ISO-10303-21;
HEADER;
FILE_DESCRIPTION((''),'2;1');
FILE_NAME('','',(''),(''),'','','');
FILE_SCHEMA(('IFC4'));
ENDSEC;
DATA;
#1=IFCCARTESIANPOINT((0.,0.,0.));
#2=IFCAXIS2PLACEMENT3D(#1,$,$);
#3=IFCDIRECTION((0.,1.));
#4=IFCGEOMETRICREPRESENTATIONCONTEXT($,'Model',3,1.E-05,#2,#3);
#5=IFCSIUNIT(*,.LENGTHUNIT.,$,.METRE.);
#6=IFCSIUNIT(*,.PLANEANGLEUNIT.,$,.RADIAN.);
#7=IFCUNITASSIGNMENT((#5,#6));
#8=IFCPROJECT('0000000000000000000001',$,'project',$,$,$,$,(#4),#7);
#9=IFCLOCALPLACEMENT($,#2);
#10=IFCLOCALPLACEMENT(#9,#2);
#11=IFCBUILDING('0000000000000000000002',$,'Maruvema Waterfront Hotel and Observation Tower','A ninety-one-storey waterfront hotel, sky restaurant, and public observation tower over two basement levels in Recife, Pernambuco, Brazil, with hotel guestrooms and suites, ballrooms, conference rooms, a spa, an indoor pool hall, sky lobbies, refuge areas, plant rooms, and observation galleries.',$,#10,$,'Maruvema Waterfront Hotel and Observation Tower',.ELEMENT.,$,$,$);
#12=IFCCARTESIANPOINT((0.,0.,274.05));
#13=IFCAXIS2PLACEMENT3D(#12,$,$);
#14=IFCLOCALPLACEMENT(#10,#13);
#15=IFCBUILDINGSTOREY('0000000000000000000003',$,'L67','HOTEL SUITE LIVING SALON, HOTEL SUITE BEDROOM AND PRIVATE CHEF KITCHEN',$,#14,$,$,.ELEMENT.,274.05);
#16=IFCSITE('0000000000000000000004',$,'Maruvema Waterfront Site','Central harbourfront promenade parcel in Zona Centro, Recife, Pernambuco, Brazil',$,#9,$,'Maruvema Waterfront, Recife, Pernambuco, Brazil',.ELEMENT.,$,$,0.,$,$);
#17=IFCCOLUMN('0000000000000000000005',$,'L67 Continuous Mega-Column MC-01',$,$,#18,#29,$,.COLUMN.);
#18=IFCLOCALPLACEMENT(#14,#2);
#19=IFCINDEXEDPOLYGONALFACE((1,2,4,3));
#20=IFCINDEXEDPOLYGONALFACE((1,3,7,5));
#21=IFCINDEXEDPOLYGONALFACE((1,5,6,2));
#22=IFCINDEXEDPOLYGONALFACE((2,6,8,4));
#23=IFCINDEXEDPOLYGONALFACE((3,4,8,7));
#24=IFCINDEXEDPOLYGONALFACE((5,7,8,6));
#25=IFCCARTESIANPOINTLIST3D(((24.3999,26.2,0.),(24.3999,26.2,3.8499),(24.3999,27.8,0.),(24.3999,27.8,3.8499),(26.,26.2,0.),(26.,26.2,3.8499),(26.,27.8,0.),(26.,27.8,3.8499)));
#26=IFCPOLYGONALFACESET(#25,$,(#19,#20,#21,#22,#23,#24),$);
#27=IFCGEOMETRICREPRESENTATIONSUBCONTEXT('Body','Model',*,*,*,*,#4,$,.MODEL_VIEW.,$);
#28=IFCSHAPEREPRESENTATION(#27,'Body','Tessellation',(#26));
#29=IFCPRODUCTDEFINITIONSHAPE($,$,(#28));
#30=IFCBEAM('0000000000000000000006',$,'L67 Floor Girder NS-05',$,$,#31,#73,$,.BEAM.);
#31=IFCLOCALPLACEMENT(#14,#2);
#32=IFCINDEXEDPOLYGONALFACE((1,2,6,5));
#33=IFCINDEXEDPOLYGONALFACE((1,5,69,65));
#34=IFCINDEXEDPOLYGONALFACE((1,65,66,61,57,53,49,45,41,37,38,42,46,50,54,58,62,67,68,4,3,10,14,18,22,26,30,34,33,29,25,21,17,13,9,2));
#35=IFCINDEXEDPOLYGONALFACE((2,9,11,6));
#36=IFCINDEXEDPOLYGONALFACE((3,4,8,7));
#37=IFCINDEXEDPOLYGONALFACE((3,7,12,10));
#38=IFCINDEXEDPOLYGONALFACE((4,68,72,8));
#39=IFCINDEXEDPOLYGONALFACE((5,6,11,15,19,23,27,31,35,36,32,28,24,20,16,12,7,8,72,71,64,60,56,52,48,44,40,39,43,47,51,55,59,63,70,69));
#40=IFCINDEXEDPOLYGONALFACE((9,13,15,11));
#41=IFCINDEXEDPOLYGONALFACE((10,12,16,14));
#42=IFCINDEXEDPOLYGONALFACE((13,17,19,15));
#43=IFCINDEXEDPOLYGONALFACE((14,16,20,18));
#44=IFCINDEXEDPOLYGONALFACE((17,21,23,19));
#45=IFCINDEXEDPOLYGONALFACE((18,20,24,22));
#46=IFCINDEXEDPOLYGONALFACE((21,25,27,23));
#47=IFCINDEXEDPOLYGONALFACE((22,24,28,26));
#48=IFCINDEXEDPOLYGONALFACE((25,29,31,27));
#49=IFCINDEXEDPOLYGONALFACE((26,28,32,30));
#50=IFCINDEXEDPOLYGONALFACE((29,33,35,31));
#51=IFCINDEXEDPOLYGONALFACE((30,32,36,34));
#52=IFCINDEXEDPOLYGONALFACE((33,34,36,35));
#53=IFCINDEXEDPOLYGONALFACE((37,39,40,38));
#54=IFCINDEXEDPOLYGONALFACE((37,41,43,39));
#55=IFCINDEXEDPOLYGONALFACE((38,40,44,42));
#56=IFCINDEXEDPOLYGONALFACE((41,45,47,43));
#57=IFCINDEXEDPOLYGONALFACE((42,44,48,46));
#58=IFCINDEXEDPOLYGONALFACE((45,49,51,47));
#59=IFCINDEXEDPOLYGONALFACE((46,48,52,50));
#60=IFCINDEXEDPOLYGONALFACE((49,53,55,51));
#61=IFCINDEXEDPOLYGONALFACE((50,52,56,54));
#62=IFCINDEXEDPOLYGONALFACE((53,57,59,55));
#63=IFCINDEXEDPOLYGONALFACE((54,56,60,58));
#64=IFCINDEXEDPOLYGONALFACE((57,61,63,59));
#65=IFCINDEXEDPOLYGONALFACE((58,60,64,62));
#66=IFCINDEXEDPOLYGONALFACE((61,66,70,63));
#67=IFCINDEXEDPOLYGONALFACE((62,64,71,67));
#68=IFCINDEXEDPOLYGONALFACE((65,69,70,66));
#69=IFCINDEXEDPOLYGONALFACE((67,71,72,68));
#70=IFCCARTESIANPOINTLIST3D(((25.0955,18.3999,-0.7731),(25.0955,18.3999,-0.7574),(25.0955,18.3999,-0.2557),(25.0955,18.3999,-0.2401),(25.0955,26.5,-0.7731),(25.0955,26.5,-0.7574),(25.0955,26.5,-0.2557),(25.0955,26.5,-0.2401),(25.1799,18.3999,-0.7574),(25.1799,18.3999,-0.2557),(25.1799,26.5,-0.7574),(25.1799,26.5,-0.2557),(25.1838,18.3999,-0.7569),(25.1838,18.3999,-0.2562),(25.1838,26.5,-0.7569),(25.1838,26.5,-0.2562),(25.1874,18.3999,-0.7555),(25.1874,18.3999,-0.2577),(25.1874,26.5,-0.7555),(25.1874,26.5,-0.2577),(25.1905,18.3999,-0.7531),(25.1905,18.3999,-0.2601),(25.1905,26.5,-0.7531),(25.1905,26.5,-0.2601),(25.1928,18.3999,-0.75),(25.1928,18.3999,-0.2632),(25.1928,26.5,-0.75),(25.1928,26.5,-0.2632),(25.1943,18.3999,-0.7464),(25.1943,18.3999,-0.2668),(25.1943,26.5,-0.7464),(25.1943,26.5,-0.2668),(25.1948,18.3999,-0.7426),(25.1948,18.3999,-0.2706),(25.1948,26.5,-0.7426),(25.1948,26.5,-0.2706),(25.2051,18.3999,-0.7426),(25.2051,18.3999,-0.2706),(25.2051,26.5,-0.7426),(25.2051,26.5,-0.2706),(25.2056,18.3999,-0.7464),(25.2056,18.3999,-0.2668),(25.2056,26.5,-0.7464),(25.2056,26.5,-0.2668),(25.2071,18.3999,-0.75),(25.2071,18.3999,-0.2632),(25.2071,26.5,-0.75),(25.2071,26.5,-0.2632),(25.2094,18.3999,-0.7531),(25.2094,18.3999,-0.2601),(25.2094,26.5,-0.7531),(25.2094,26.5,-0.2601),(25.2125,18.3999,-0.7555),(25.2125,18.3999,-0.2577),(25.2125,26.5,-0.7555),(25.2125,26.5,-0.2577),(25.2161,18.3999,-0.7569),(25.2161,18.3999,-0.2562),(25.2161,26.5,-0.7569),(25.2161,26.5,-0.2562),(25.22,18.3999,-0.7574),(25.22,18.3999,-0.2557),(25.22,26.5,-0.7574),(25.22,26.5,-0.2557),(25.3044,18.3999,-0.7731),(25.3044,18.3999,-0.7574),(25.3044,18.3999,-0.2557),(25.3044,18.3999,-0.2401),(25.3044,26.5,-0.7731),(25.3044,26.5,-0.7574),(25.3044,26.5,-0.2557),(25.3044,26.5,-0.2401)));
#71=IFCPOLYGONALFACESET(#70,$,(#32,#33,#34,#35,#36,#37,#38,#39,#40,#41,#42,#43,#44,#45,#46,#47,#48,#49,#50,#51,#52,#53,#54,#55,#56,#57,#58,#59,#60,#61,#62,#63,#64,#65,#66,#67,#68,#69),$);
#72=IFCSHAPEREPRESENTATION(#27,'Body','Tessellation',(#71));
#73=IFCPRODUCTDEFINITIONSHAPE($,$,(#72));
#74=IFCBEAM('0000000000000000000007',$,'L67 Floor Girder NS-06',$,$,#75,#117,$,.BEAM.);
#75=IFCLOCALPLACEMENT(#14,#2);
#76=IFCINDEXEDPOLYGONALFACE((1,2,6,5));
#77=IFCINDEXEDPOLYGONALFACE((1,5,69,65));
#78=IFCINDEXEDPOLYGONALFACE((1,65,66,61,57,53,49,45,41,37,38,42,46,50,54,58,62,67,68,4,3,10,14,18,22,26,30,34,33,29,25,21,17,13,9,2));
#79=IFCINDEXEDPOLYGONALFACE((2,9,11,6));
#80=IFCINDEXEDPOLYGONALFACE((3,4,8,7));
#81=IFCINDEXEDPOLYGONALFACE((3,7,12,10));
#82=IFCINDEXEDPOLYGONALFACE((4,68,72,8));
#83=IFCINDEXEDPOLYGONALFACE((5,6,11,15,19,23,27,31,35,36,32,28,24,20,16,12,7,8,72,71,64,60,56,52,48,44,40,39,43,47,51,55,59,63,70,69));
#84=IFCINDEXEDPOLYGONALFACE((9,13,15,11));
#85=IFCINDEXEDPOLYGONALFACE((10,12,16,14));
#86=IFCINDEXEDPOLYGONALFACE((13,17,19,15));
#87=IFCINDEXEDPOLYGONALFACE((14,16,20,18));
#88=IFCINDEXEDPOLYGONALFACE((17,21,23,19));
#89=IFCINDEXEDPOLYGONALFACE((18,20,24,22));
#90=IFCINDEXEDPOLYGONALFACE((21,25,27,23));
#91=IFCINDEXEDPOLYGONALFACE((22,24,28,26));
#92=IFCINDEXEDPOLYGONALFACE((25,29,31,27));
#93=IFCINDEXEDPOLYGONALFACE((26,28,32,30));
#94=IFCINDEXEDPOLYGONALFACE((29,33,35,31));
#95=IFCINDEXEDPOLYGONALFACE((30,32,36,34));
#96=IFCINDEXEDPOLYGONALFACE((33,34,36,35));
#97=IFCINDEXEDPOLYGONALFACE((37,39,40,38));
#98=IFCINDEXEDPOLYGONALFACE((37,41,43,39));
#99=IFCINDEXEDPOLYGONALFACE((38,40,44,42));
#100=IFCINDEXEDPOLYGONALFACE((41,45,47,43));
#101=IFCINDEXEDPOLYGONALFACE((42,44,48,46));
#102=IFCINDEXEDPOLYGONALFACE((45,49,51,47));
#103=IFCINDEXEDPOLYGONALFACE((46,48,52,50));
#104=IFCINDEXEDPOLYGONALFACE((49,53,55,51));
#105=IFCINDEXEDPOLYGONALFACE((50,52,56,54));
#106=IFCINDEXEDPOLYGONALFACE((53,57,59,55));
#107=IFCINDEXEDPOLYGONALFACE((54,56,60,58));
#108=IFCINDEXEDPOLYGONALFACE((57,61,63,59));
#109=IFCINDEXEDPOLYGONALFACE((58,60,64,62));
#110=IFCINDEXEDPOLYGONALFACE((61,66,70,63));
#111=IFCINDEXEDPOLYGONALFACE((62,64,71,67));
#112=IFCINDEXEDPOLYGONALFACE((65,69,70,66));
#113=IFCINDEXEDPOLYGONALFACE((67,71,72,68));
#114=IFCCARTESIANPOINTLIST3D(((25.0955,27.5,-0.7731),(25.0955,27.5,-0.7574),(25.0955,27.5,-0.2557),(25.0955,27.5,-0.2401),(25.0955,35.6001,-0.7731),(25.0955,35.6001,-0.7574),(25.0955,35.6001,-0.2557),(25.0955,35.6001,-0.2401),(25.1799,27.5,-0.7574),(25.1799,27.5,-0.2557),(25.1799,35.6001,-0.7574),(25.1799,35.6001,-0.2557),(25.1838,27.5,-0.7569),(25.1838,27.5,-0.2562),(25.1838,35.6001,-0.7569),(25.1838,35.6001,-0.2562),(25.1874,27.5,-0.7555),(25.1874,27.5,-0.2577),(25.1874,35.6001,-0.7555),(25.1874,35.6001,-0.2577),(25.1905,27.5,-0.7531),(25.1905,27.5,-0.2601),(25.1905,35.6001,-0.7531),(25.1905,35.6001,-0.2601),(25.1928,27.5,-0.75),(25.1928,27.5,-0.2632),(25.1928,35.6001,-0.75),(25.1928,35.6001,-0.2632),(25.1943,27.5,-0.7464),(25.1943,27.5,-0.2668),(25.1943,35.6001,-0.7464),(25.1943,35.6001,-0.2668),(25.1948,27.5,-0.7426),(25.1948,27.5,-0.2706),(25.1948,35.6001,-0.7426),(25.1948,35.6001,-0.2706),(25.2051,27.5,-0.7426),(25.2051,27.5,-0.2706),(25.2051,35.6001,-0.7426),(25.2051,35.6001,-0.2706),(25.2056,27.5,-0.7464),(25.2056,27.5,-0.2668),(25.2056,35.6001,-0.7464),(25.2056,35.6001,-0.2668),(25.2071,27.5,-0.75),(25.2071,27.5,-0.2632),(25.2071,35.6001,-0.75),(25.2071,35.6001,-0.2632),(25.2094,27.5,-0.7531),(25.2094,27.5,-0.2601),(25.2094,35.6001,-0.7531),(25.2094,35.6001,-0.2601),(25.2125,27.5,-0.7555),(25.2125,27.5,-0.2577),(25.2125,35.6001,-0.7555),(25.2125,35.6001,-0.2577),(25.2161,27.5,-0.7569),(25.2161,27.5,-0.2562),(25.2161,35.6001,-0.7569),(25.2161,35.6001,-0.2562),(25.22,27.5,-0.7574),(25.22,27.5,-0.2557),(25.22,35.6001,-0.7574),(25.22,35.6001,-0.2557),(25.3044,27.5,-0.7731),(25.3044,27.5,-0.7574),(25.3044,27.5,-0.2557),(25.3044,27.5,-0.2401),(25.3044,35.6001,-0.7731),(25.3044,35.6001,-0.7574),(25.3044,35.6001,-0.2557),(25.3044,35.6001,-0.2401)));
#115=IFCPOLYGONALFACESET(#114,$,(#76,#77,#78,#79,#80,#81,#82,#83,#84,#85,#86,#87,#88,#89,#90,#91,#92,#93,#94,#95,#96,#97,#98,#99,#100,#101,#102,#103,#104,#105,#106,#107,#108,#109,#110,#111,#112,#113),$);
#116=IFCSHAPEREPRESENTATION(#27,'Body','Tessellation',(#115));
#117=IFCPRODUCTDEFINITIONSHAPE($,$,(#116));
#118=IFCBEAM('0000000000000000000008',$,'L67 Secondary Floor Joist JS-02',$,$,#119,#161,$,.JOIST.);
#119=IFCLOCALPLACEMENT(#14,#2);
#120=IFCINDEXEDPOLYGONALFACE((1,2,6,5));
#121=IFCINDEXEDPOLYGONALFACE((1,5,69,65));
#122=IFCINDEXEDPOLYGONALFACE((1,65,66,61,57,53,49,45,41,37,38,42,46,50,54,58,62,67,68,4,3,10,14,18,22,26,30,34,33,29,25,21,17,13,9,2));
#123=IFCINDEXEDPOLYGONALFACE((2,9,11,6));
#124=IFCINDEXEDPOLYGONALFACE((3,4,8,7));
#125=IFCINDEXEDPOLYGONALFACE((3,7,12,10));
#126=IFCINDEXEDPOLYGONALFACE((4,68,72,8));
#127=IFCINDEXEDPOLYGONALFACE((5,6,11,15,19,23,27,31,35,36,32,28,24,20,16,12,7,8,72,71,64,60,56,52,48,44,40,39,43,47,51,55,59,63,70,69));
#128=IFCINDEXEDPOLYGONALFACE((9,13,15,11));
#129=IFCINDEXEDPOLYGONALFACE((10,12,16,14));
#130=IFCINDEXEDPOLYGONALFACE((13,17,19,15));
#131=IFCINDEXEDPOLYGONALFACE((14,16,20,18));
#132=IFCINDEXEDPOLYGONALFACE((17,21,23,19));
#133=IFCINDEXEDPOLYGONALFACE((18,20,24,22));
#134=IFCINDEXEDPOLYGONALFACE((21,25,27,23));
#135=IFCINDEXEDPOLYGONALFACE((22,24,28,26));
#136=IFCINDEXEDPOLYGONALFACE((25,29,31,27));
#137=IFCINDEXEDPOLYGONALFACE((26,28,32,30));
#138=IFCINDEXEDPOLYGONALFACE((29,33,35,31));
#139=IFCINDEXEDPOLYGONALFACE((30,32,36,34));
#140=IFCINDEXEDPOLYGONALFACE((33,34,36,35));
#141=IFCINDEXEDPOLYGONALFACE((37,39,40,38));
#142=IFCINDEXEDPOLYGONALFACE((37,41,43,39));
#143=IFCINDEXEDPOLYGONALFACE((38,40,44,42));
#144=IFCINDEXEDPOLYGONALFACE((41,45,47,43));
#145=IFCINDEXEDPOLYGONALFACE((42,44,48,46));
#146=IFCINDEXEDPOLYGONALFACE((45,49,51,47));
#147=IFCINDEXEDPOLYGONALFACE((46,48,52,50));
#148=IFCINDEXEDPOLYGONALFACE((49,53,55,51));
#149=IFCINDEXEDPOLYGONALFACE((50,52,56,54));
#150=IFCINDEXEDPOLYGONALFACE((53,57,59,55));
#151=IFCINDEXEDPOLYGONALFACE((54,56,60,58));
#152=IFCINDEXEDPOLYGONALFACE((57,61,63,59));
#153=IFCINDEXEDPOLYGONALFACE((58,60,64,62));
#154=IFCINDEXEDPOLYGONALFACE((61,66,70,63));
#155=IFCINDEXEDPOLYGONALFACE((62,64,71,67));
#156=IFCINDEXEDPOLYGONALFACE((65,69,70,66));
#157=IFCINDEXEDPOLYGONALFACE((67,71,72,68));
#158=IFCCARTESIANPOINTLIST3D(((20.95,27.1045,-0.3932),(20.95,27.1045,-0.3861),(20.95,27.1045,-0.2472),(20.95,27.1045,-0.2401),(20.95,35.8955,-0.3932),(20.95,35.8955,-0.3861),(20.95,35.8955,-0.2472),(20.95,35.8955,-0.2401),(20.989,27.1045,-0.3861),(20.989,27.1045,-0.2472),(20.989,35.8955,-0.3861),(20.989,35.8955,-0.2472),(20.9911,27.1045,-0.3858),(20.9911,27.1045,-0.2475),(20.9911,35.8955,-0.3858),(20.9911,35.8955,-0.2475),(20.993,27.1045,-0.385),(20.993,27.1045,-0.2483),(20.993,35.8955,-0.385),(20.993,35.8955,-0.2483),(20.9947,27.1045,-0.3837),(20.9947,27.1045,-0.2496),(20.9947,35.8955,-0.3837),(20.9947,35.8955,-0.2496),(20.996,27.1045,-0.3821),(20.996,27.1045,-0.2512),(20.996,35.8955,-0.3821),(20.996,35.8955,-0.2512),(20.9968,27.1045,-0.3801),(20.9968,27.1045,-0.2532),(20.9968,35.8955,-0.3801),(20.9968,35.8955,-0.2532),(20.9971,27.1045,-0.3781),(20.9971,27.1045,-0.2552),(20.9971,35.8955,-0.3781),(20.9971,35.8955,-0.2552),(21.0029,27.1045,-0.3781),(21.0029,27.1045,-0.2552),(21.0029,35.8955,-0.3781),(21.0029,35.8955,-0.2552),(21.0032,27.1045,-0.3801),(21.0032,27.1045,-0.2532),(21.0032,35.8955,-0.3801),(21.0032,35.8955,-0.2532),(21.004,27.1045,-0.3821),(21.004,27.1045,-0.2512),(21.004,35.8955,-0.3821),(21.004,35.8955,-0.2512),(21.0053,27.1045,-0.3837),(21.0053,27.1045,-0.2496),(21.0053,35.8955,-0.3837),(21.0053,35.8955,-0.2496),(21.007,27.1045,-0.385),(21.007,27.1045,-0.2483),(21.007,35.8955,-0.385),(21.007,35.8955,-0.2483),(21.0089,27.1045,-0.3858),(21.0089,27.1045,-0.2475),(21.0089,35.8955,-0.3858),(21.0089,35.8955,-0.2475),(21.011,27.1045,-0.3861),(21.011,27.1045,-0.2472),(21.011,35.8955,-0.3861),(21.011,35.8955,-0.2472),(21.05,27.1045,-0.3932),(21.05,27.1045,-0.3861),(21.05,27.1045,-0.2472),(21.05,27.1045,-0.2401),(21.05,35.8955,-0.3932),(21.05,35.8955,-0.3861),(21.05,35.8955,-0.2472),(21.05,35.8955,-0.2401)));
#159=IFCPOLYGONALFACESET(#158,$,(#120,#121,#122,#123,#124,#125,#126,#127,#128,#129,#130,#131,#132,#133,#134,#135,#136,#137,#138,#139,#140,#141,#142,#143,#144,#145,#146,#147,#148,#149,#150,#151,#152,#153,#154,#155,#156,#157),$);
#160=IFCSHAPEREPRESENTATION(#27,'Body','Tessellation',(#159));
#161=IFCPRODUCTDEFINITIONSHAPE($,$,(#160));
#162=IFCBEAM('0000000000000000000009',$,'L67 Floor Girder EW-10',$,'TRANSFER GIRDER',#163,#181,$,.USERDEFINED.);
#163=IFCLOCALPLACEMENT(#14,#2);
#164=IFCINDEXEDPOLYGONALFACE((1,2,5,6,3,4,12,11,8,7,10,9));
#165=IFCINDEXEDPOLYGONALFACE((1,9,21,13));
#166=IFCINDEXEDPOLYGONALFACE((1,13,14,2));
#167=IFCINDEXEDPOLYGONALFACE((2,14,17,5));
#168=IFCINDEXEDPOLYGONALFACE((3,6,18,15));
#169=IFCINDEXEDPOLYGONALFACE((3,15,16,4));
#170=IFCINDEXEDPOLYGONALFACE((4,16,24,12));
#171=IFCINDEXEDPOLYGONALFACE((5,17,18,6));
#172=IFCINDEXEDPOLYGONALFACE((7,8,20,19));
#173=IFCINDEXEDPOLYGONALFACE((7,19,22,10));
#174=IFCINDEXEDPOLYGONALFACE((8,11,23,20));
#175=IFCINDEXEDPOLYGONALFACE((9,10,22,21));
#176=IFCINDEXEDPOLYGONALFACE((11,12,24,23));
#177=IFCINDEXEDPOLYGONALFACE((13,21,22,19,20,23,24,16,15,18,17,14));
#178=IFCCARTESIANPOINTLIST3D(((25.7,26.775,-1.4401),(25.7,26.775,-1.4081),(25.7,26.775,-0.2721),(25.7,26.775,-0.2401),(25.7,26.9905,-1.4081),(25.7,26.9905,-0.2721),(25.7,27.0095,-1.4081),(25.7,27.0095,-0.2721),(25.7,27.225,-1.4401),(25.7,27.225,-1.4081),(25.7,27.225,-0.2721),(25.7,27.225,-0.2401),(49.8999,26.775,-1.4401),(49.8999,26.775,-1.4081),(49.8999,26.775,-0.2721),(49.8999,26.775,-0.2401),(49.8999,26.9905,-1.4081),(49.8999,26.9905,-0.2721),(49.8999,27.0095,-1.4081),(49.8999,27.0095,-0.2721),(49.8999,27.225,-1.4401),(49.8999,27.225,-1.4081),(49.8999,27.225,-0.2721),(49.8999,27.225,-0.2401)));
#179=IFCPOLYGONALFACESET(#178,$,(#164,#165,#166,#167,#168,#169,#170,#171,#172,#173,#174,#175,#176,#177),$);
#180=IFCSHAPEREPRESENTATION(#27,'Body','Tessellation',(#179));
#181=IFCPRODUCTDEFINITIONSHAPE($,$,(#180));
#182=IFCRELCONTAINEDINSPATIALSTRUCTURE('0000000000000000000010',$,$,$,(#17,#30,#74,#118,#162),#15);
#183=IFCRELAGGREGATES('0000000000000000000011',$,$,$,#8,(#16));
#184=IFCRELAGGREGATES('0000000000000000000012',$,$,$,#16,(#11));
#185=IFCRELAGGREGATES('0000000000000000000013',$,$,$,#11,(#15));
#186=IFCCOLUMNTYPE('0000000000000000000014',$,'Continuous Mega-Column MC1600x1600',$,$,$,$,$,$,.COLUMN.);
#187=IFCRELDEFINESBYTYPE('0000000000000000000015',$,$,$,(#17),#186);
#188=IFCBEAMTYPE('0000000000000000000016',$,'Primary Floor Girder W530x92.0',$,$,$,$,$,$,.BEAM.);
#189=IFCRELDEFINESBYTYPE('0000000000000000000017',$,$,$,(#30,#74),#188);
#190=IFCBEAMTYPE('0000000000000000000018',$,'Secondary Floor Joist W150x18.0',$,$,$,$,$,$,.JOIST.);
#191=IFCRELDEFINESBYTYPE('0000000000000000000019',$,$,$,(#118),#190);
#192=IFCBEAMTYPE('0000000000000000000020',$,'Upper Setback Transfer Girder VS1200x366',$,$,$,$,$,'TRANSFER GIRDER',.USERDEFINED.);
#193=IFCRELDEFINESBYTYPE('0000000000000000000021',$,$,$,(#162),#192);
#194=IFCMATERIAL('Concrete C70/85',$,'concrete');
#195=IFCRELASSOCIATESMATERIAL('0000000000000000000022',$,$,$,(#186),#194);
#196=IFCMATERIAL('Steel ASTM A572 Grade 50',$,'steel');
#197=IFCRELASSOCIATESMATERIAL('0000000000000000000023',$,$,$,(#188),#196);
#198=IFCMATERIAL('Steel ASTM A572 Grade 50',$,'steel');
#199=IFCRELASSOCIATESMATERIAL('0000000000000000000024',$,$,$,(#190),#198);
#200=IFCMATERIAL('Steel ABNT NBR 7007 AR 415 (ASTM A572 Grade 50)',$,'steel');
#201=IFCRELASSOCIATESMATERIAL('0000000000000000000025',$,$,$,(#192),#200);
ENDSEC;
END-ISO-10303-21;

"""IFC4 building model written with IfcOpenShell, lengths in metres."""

from ifc_helpers import new_model, si_unit, direction, frame, origin, origin_2d, place, context, subcontext, project, spatial, rectangle, i_section, extrude, material, material_profile, profile_set, type_object, element, save


model = new_model("IFC4")

# Units and contexts
model_context = context("Model", 3, precision=1e-05, world=origin(), true_north=direction((0.0, 1.0)))
body_context = subcontext(model_context, "Body", "Model", "MODEL_VIEW")
ifc_project = project(units=[si_unit("LENGTHUNIT", "METRE"), si_unit("PLANEANGLEUNIT", "RADIAN")], contexts=[model_context])

# Site, building, storey
site_placement = place(None, origin())
site = spatial("IfcSite", under=ifc_project, at=site_placement, Name="Maruvema Waterfront Site", Description="Central harbourfront promenade parcel in Zona Centro, Recife, Pernambuco, Brazil", LongName="Maruvema Waterfront, Recife, Pernambuco, Brazil", CompositionType="ELEMENT", RefElevation=0.0)
building_placement = place(site_placement, origin())
building = spatial("IfcBuilding", under=site, at=building_placement, Name="Maruvema Waterfront Hotel and Observation Tower", Description="A ninety-one-storey waterfront hotel, sky restaurant, and public observation tower over two basement levels in Recife, Pernambuco, Brazil, with hotel guestrooms and suites, ballrooms, conference rooms, a spa, an indoor pool hall, sky lobbies, refuge areas, plant rooms, and observation galleries.", LongName="Maruvema Waterfront Hotel and Observation Tower", CompositionType="ELEMENT")
storey_placement = place(building_placement, frame((0.0, 0.0, 274.05)))
storey = spatial("IfcBuildingStorey", under=building, at=storey_placement, Name="L67", Description="HOTEL SUITE LIVING SALON, HOTEL SUITE BEDROOM AND PRIVATE CHEF KITCHEN", CompositionType="ELEMENT", Elevation=274.05)

# Column
ifc_material_1 = material(Name="Concrete C70/85", Category="concrete")
ifc_material_profile_1 = material_profile(ifc_material_1, rectangle(XDim=1.6001, YDim=1.6001, at=origin_2d()), Name="MC1600x1600")
ifc_profile_set_1 = profile_set([ifc_material_profile_1], Name="Concrete C70/85")
column_type = type_object("IfcColumnType", Name="Continuous Mega-Column MC1600x1600", PredefinedType="COLUMN", material=ifc_profile_set_1)
column_placement = place(storey_placement, frame((25.2, 27.0, 0.0), z_axis=(0.0, 0.0, 1.0), x_axis=(1.0, 0.0, 0.0)))
element("IfcColumn", 1, at=column_placement, inside=storey, type_object=column_type, Name="L67 Continuous Mega-Column MC-01", PredefinedType="COLUMN", context=body_context, shape_type="SweptSolid", body=[
    extrude(rectangle(XDim=1.6001, YDim=1.6001, at=origin_2d()), origin(), (0.0, 0.0, 1.0), 3.8499),
])

# Beams
ifc_material_2 = material(Name="Steel ASTM A572 Grade 50", Category="steel")
ifc_material_profile_2 = material_profile(ifc_material_2, i_section(OverallWidth=0.209, OverallDepth=0.533, WebThickness=0.0103, FlangeThickness=0.0156, FilletRadius=0.0149, at=origin_2d()), Name="W530x92.0")
ifc_profile_set_2 = profile_set([ifc_material_profile_2], Name="Steel ASTM A572 Grade 50")
beam_type_1 = type_object("IfcBeamType", Name="Primary Floor Girder W530x92.0", PredefinedType="BEAM", material=ifc_profile_set_2)
for number, where, z_axis, x_axis, name in (
    (2, (25.2, 18.3999, -0.5066), (0.0, 1.0, 0.0), (-1.0, 0.0, 0.0), "L67 Floor Girder NS-05"),
    (3, (25.2, 27.5, -0.5066), (0.0, 1.0, 0.0), (-1.0, 0.0, 0.0), "L67 Floor Girder NS-06"),
):
    element("IfcBeam", number, at=place(storey_placement, frame(where, z_axis=z_axis, x_axis=x_axis)), inside=storey, type_object=beam_type_1, Name=name, PredefinedType="BEAM", context=body_context, shape_type="SweptSolid", body=[
        extrude(i_section(OverallWidth=0.209, OverallDepth=0.533, WebThickness=0.0103, FlangeThickness=0.0156, FilletRadius=0.0149, at=origin_2d()), origin(), (0.0, 0.0, 1.0), 8.1001),
    ])
ifc_material_3 = material(Name="Steel ASTM A572 Grade 50", Category="steel")
ifc_material_profile_3 = material_profile(ifc_material_3, i_section(OverallWidth=0.1001, OverallDepth=0.1531, WebThickness=0.0059, FlangeThickness=0.0071, FilletRadius=0.0081, at=origin_2d()), Name="W150x18.0")
ifc_profile_set_3 = profile_set([ifc_material_profile_3], Name="Steel ASTM A572 Grade 50")
beam_type_2 = type_object("IfcBeamType", Name="Secondary Floor Joist W150x18.0", PredefinedType="JOIST", material=ifc_profile_set_3)
beam_1_placement = place(storey_placement, frame((21.0, 27.1045, -0.3167), z_axis=(0.0, 1.0, 0.0), x_axis=(-1.0, 0.0, 0.0)))
element("IfcBeam", 4, at=beam_1_placement, inside=storey, type_object=beam_type_2, Name="L67 Secondary Floor Joist JS-02", PredefinedType="JOIST", context=body_context, shape_type="SweptSolid", body=[
    extrude(i_section(OverallWidth=0.1001, OverallDepth=0.1531, WebThickness=0.0059, FlangeThickness=0.0071, FilletRadius=0.0081, at=origin_2d()), origin(), (0.0, 0.0, 1.0), 8.791),
])
ifc_material_4 = material(Name="Steel ABNT NBR 7007 AR 415 (ASTM A572 Grade 50)", Category="steel")
ifc_material_profile_4 = material_profile(ifc_material_4, i_section(OverallWidth=0.45, OverallDepth=1.2, WebThickness=0.019, FlangeThickness=0.032, at=origin_2d()), Name="VS1200x366")
ifc_profile_set_4 = profile_set([ifc_material_profile_4], Name="Steel ABNT NBR 7007 AR 415 (ASTM A572 Grade 50)")
beam_type_3 = type_object("IfcBeamType", Name="Upper Setback Transfer Girder VS1200x366", ElementType="TRANSFER GIRDER", PredefinedType="USERDEFINED", material=ifc_profile_set_4)
beam_2_placement = place(storey_placement, frame((25.7, 27.0, -0.8401), z_axis=(1.0, 0.0, 0.0), x_axis=(0.0, 1.0, 0.0)))
element("IfcBeam", 5, at=beam_2_placement, inside=storey, type_object=beam_type_3, Name="L67 Floor Girder EW-10", ObjectType="TRANSFER GIRDER", PredefinedType="USERDEFINED", context=body_context, shape_type="SweptSolid", body=[
    extrude(i_section(OverallWidth=0.45, OverallDepth=1.2, WebThickness=0.019, FlangeThickness=0.032, at=origin_2d()), origin(), (0.0, 0.0, 1.0), 24.2),
])

save(model, "model.ifc")
